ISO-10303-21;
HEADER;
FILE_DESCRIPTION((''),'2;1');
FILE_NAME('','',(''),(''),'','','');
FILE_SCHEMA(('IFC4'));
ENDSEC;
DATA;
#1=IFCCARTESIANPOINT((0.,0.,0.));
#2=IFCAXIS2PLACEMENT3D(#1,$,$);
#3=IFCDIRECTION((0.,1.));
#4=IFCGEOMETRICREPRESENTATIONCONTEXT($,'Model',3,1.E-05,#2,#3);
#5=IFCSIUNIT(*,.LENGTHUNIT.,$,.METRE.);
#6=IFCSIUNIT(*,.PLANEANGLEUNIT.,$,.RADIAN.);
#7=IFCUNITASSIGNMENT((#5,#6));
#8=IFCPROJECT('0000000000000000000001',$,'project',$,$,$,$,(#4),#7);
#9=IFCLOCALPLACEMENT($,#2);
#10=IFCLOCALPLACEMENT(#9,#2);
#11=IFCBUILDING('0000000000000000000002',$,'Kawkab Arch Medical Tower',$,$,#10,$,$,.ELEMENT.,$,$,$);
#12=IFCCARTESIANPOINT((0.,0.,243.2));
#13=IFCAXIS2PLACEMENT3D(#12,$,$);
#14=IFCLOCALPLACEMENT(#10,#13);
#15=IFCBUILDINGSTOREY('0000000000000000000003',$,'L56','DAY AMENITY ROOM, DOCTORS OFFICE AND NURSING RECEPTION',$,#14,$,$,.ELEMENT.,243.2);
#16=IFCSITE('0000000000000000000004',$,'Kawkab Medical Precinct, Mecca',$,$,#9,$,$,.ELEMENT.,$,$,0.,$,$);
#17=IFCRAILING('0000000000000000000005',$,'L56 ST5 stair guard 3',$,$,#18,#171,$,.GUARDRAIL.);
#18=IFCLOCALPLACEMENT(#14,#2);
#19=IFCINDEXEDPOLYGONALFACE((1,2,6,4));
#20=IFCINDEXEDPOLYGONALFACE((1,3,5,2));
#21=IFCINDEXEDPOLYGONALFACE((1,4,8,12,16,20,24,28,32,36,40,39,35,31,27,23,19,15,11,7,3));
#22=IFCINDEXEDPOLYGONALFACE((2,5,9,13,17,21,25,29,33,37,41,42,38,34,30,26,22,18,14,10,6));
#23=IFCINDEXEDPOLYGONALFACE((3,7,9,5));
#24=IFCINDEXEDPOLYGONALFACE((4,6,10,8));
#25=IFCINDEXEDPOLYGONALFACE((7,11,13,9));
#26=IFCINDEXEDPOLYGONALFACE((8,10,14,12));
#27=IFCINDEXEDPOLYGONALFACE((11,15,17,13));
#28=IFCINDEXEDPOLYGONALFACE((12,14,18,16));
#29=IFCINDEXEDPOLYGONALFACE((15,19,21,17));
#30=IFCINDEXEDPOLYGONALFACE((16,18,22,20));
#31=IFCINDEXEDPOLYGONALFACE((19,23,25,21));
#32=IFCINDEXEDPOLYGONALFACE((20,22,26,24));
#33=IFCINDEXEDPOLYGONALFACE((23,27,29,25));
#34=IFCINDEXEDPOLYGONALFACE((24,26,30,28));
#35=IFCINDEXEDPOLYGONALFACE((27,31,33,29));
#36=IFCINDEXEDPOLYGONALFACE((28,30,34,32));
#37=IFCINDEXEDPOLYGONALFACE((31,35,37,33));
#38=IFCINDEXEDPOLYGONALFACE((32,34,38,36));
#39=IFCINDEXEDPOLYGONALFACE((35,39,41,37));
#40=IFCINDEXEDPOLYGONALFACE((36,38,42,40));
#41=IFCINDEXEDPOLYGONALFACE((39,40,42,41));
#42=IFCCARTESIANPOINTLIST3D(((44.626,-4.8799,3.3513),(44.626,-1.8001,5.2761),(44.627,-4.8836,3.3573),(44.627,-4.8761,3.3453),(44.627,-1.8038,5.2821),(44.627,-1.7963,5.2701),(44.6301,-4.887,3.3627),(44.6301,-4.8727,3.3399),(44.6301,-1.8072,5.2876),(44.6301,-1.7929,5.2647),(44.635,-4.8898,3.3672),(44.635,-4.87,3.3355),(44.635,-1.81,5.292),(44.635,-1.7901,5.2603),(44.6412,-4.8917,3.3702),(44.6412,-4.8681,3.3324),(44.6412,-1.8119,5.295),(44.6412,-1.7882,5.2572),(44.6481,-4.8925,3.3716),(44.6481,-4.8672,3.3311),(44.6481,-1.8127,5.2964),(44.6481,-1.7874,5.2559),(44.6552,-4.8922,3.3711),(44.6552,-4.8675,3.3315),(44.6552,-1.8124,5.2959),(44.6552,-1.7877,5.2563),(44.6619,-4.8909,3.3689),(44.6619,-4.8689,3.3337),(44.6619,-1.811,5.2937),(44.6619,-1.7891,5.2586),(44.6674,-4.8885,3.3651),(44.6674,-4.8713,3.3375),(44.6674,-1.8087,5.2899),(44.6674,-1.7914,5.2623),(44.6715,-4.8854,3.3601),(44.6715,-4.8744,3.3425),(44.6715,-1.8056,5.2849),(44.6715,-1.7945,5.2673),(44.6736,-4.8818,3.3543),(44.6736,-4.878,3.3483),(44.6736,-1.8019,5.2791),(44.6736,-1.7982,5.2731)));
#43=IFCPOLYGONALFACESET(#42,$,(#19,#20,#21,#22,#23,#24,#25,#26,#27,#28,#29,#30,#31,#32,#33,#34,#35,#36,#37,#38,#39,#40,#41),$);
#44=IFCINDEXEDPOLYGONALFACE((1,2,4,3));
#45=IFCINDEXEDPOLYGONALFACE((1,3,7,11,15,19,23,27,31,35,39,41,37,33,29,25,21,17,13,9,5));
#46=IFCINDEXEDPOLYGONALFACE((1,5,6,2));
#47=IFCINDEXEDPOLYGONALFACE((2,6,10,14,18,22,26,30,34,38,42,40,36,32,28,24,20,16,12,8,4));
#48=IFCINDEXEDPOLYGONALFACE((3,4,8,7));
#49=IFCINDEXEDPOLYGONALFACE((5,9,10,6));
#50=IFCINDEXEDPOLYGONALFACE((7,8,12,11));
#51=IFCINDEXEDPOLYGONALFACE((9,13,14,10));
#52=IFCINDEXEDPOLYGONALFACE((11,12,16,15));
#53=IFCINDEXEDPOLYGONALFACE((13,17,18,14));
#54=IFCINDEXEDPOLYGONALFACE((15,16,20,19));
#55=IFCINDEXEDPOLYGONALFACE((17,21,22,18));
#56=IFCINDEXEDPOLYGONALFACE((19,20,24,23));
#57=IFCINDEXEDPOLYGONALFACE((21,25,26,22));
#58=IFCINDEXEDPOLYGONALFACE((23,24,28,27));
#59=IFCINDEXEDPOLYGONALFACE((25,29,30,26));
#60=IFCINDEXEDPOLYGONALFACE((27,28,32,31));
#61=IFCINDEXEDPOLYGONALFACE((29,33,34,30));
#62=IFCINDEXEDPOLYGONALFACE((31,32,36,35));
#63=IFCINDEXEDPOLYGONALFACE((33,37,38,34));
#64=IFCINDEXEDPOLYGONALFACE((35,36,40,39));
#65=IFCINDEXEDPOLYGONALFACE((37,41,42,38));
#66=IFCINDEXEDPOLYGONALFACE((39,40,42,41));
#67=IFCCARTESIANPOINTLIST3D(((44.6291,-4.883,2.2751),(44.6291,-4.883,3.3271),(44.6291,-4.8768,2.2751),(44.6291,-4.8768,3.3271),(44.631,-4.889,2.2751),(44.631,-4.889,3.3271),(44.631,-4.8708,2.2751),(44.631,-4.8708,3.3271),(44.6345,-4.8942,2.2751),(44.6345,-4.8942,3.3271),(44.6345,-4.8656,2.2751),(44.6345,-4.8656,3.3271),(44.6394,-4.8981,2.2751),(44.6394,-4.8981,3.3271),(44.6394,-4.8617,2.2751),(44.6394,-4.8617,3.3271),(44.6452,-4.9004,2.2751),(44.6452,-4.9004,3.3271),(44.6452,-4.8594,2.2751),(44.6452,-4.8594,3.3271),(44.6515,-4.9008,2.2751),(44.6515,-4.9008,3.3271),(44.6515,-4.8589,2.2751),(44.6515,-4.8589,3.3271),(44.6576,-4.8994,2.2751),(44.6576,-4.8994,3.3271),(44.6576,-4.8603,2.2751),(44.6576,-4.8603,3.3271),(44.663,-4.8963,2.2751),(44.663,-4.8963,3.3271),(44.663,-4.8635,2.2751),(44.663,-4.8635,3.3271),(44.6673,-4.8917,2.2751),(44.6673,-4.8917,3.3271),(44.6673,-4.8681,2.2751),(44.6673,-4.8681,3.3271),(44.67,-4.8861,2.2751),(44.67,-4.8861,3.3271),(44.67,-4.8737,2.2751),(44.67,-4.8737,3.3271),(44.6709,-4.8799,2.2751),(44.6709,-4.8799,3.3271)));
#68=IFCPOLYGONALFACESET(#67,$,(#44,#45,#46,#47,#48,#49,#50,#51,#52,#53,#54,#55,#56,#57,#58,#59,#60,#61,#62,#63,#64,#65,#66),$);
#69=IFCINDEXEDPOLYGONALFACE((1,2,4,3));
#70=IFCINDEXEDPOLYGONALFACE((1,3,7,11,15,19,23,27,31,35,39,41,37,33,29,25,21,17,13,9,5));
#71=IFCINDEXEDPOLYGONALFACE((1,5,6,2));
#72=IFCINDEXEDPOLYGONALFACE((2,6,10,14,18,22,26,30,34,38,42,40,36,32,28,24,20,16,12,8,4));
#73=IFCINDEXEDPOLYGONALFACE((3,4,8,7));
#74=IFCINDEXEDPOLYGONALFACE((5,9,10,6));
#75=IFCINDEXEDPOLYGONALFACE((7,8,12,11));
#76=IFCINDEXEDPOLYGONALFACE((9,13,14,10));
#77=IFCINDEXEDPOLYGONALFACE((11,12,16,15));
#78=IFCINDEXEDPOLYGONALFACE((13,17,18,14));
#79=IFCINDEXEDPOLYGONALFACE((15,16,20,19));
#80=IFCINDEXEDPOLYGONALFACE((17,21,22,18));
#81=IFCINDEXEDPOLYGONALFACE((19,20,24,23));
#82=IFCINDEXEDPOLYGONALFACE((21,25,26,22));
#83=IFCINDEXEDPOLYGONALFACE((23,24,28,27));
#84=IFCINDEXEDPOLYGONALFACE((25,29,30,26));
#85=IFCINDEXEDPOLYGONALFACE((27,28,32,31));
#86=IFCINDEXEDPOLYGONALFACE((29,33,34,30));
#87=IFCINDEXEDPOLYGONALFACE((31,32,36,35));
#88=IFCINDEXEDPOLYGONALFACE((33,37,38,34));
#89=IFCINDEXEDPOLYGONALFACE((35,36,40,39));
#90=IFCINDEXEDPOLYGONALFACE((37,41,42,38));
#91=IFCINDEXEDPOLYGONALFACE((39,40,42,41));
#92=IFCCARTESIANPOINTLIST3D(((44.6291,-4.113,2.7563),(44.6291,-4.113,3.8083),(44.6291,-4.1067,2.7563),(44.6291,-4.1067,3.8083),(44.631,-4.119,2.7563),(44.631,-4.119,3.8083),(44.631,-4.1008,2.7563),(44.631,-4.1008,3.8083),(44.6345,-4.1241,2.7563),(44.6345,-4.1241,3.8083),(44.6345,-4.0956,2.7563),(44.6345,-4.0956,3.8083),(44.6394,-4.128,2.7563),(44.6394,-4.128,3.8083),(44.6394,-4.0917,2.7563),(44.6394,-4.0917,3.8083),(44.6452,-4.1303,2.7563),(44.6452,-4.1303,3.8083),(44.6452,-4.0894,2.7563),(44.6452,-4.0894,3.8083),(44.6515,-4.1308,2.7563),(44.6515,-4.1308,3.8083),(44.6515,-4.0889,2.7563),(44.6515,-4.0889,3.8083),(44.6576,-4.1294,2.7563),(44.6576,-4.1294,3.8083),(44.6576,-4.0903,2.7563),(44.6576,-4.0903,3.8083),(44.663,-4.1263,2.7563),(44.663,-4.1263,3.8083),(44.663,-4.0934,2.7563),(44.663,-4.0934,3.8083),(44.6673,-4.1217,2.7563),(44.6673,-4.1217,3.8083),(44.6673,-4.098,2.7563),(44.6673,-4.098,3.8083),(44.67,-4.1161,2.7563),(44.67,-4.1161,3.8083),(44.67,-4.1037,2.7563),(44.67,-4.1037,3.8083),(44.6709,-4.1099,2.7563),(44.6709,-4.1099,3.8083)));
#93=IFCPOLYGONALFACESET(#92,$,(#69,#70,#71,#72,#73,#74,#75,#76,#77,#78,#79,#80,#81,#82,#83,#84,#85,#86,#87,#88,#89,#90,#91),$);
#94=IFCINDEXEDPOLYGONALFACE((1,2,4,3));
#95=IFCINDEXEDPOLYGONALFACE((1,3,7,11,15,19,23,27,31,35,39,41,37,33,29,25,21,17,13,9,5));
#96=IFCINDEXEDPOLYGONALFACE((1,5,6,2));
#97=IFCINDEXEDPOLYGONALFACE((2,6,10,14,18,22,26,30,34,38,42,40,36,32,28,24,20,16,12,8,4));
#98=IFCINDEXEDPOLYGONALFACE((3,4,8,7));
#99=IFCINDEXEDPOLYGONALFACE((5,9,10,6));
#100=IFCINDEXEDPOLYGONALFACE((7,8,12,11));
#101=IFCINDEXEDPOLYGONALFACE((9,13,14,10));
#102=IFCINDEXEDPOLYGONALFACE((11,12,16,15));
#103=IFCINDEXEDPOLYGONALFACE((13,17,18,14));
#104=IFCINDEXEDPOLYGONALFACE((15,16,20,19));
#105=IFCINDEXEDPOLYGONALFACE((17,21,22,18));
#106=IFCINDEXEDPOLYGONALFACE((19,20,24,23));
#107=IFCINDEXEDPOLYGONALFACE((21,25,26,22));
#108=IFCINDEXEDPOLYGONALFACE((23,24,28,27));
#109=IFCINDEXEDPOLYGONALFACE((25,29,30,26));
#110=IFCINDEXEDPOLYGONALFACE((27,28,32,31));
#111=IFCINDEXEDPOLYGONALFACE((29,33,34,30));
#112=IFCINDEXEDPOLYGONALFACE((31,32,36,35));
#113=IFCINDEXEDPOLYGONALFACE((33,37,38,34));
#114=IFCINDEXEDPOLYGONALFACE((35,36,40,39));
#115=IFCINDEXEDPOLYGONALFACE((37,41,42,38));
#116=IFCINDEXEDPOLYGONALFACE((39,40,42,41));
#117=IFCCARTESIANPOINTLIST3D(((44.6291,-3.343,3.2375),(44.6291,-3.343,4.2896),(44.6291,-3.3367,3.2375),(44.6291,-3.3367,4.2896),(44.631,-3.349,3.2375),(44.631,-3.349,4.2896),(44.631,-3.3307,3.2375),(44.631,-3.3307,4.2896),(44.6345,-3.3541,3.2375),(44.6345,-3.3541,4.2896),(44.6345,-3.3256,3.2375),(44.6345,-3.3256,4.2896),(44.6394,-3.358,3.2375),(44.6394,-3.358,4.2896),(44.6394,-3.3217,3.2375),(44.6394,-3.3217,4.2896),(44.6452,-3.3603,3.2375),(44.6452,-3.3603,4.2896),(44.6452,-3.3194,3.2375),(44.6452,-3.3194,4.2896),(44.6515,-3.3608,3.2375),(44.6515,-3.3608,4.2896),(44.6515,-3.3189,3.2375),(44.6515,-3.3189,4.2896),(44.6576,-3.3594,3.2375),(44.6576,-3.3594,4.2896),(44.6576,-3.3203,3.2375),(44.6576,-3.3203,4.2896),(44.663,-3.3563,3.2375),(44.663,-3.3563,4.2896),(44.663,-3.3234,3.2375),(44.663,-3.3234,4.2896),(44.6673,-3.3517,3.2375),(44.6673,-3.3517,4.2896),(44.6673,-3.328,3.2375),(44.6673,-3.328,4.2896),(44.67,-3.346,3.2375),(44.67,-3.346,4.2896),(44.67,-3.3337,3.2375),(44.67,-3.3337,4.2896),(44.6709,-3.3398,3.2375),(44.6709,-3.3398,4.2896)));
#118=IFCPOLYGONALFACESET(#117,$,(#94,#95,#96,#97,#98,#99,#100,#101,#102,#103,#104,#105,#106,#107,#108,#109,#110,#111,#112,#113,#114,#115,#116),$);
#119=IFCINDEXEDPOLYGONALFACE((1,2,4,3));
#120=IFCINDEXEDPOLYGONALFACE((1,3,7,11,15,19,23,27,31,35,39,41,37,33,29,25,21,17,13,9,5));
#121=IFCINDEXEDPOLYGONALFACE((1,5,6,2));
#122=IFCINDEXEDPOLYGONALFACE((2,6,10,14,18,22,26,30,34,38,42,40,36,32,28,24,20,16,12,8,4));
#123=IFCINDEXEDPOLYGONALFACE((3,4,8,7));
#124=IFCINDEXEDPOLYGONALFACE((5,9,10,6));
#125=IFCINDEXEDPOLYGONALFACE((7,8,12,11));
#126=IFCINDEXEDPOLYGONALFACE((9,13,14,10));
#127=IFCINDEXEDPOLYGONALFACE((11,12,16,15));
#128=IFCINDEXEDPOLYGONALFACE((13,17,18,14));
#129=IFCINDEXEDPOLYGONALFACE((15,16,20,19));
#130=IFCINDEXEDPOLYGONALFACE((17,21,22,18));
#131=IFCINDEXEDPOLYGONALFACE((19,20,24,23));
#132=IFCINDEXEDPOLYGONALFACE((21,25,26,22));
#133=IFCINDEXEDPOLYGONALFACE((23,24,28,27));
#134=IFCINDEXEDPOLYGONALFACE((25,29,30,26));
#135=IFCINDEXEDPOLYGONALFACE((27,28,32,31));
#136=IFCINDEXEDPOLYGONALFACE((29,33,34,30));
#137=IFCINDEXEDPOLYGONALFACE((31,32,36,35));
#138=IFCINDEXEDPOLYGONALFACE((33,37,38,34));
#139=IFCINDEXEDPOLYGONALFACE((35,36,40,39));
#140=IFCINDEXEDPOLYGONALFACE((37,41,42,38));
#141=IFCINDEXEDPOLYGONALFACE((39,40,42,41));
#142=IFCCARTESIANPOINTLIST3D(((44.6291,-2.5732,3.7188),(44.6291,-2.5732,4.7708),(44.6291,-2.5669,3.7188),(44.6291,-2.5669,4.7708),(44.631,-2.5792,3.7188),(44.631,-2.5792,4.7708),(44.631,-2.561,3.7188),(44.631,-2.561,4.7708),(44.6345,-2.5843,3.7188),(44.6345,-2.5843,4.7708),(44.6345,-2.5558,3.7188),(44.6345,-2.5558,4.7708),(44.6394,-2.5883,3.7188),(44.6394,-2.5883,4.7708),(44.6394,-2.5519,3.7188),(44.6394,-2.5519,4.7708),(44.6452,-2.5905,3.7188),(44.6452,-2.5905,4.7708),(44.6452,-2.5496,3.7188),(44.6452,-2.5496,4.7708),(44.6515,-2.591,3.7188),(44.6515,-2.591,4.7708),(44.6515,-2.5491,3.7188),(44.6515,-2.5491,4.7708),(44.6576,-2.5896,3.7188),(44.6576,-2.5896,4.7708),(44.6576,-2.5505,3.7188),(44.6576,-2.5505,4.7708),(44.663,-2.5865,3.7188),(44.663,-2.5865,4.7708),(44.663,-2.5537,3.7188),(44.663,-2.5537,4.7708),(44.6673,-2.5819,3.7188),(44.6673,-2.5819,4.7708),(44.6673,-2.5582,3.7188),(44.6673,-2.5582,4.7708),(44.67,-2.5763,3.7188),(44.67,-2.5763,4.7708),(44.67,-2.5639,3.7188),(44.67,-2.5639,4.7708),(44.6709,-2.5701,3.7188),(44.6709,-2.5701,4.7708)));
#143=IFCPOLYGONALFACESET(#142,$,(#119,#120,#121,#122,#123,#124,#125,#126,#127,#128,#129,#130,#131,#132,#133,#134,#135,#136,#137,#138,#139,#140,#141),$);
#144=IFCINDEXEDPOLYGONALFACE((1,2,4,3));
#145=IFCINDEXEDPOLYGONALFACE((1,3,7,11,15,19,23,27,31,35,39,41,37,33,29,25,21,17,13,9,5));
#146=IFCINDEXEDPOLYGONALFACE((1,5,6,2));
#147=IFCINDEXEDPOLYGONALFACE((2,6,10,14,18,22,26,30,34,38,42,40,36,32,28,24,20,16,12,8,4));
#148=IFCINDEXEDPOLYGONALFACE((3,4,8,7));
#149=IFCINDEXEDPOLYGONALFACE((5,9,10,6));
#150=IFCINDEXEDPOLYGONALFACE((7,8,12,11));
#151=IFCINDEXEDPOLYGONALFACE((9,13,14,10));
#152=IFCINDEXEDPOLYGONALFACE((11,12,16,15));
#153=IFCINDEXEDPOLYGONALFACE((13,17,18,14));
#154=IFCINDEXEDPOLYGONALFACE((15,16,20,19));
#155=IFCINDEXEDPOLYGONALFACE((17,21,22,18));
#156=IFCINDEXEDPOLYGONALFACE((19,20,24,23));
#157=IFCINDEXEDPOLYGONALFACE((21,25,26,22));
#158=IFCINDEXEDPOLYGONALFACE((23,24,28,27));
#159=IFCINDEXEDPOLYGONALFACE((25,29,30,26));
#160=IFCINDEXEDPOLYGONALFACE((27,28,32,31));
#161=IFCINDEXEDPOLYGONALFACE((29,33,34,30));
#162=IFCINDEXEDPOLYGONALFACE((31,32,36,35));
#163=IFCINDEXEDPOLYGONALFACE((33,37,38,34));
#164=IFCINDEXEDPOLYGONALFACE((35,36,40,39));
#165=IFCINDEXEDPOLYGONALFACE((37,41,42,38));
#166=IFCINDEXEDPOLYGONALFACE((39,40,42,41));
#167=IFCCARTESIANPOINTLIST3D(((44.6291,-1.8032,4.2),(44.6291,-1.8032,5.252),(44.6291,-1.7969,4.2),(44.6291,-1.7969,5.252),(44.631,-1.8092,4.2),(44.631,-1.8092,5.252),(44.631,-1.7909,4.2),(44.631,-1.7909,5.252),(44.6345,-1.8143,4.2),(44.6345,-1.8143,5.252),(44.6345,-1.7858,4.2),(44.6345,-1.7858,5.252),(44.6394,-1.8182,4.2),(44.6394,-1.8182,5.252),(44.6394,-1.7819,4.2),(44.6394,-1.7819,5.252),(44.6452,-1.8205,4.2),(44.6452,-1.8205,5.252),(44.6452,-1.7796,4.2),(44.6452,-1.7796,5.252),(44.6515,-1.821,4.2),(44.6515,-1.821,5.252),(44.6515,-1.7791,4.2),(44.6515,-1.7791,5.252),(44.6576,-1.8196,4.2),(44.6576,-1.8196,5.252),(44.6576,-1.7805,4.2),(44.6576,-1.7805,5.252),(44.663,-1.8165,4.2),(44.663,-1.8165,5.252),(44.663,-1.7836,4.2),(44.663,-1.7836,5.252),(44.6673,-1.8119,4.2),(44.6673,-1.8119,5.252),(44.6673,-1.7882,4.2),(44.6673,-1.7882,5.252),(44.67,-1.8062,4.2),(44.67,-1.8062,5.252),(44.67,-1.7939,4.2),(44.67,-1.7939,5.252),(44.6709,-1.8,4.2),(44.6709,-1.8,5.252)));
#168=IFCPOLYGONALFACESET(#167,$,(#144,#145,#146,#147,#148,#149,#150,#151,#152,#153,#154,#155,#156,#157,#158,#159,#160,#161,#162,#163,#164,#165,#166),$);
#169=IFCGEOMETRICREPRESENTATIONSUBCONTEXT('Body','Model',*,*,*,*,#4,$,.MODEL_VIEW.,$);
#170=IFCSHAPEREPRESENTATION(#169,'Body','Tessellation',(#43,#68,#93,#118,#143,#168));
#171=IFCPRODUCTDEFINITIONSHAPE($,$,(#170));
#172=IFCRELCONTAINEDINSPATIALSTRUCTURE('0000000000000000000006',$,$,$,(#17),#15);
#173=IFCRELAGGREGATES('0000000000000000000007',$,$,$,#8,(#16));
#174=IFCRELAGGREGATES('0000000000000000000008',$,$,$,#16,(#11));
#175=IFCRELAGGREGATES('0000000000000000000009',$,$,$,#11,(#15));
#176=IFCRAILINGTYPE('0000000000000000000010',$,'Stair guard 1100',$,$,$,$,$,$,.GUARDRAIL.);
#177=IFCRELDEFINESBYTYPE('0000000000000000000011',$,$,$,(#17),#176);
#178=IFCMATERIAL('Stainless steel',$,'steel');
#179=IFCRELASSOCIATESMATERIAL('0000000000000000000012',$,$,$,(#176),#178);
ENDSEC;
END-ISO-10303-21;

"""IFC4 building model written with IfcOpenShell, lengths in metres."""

from ifc_helpers import new_model, si_unit, direction, frame, origin, origin_2d, place, context, subcontext, project, spatial, circle, extrude, material, type_object, element, save


model = new_model("IFC4")

# Units and contexts
model_context = context("Model", 3, precision=1e-05, world=origin(), true_north=direction((0.0, 1.0)))
body_context = subcontext(model_context, "Body", "Model", "MODEL_VIEW")
ifc_project = project(units=[si_unit("LENGTHUNIT", "METRE"), si_unit("PLANEANGLEUNIT", "RADIAN")], contexts=[model_context])

# Site, building, storey
site_placement = place(None, origin())
site = spatial("IfcSite", under=ifc_project, at=site_placement, Name="Kawkab Medical Precinct, Mecca", CompositionType="ELEMENT", RefElevation=0.0)
building_placement = place(site_placement, origin())
building = spatial("IfcBuilding", under=site, at=building_placement, Name="Kawkab Arch Medical Tower", CompositionType="ELEMENT")
storey_placement = place(building_placement, frame((0.0, 0.0, 243.2)))
storey = spatial("IfcBuildingStorey", under=building, at=storey_placement, Name="L56", Description="DAY AMENITY ROOM, DOCTORS OFFICE AND NURSING RECEPTION", CompositionType="ELEMENT", Elevation=243.2)

# Railing
ifc_material_1 = material(Name="Stainless steel", Category="steel")
railing_type_1 = type_object("IfcRailingType", Name="Stair guard 1100", PredefinedType="GUARDRAIL", material=ifc_material_1)
railing_1_placement = place(storey_placement, frame((44.6499, -4.8799, 2.2751)))
element("IfcRailing", 1, at=railing_1_placement, inside=storey, type_object=railing_type_1, Name="L56 ST5 stair guard 3", PredefinedType="GUARDRAIL", context=body_context, shape_type="SweptSolid", body=[
    extrude(circle(Radius=0.0239, at=origin_2d()), frame((0.0, 0.0, 1.0762), z_axis=(0.0, 0.84801, 0.529981), x_axis=(-1.0, 0.0, 0.0)), (0.0, 0.0, 1.0), 3.6318),
    extrude(circle(Radius=0.021, at=origin_2d()), origin(), (0.0, 0.0, 1.0), 1.052),
    extrude(circle(Radius=0.021, at=origin_2d()), frame((0.0, 0.77, 0.4812)), (0.0, 0.0, 1.0), 1.052),
    extrude(circle(Radius=0.021, at=origin_2d()), frame((0.0, 1.54, 0.9624)), (0.0, 0.0, 1.0), 1.052),
    extrude(circle(Radius=0.021, at=origin_2d()), frame((0.0, 2.3098, 1.4436)), (0.0, 0.0, 1.0), 1.052),
    extrude(circle(Radius=0.021, at=origin_2d()), frame((0.0, 3.0798, 1.9248)), (0.0, 0.0, 1.0), 1.052),
])

save(model, "model.ifc")
